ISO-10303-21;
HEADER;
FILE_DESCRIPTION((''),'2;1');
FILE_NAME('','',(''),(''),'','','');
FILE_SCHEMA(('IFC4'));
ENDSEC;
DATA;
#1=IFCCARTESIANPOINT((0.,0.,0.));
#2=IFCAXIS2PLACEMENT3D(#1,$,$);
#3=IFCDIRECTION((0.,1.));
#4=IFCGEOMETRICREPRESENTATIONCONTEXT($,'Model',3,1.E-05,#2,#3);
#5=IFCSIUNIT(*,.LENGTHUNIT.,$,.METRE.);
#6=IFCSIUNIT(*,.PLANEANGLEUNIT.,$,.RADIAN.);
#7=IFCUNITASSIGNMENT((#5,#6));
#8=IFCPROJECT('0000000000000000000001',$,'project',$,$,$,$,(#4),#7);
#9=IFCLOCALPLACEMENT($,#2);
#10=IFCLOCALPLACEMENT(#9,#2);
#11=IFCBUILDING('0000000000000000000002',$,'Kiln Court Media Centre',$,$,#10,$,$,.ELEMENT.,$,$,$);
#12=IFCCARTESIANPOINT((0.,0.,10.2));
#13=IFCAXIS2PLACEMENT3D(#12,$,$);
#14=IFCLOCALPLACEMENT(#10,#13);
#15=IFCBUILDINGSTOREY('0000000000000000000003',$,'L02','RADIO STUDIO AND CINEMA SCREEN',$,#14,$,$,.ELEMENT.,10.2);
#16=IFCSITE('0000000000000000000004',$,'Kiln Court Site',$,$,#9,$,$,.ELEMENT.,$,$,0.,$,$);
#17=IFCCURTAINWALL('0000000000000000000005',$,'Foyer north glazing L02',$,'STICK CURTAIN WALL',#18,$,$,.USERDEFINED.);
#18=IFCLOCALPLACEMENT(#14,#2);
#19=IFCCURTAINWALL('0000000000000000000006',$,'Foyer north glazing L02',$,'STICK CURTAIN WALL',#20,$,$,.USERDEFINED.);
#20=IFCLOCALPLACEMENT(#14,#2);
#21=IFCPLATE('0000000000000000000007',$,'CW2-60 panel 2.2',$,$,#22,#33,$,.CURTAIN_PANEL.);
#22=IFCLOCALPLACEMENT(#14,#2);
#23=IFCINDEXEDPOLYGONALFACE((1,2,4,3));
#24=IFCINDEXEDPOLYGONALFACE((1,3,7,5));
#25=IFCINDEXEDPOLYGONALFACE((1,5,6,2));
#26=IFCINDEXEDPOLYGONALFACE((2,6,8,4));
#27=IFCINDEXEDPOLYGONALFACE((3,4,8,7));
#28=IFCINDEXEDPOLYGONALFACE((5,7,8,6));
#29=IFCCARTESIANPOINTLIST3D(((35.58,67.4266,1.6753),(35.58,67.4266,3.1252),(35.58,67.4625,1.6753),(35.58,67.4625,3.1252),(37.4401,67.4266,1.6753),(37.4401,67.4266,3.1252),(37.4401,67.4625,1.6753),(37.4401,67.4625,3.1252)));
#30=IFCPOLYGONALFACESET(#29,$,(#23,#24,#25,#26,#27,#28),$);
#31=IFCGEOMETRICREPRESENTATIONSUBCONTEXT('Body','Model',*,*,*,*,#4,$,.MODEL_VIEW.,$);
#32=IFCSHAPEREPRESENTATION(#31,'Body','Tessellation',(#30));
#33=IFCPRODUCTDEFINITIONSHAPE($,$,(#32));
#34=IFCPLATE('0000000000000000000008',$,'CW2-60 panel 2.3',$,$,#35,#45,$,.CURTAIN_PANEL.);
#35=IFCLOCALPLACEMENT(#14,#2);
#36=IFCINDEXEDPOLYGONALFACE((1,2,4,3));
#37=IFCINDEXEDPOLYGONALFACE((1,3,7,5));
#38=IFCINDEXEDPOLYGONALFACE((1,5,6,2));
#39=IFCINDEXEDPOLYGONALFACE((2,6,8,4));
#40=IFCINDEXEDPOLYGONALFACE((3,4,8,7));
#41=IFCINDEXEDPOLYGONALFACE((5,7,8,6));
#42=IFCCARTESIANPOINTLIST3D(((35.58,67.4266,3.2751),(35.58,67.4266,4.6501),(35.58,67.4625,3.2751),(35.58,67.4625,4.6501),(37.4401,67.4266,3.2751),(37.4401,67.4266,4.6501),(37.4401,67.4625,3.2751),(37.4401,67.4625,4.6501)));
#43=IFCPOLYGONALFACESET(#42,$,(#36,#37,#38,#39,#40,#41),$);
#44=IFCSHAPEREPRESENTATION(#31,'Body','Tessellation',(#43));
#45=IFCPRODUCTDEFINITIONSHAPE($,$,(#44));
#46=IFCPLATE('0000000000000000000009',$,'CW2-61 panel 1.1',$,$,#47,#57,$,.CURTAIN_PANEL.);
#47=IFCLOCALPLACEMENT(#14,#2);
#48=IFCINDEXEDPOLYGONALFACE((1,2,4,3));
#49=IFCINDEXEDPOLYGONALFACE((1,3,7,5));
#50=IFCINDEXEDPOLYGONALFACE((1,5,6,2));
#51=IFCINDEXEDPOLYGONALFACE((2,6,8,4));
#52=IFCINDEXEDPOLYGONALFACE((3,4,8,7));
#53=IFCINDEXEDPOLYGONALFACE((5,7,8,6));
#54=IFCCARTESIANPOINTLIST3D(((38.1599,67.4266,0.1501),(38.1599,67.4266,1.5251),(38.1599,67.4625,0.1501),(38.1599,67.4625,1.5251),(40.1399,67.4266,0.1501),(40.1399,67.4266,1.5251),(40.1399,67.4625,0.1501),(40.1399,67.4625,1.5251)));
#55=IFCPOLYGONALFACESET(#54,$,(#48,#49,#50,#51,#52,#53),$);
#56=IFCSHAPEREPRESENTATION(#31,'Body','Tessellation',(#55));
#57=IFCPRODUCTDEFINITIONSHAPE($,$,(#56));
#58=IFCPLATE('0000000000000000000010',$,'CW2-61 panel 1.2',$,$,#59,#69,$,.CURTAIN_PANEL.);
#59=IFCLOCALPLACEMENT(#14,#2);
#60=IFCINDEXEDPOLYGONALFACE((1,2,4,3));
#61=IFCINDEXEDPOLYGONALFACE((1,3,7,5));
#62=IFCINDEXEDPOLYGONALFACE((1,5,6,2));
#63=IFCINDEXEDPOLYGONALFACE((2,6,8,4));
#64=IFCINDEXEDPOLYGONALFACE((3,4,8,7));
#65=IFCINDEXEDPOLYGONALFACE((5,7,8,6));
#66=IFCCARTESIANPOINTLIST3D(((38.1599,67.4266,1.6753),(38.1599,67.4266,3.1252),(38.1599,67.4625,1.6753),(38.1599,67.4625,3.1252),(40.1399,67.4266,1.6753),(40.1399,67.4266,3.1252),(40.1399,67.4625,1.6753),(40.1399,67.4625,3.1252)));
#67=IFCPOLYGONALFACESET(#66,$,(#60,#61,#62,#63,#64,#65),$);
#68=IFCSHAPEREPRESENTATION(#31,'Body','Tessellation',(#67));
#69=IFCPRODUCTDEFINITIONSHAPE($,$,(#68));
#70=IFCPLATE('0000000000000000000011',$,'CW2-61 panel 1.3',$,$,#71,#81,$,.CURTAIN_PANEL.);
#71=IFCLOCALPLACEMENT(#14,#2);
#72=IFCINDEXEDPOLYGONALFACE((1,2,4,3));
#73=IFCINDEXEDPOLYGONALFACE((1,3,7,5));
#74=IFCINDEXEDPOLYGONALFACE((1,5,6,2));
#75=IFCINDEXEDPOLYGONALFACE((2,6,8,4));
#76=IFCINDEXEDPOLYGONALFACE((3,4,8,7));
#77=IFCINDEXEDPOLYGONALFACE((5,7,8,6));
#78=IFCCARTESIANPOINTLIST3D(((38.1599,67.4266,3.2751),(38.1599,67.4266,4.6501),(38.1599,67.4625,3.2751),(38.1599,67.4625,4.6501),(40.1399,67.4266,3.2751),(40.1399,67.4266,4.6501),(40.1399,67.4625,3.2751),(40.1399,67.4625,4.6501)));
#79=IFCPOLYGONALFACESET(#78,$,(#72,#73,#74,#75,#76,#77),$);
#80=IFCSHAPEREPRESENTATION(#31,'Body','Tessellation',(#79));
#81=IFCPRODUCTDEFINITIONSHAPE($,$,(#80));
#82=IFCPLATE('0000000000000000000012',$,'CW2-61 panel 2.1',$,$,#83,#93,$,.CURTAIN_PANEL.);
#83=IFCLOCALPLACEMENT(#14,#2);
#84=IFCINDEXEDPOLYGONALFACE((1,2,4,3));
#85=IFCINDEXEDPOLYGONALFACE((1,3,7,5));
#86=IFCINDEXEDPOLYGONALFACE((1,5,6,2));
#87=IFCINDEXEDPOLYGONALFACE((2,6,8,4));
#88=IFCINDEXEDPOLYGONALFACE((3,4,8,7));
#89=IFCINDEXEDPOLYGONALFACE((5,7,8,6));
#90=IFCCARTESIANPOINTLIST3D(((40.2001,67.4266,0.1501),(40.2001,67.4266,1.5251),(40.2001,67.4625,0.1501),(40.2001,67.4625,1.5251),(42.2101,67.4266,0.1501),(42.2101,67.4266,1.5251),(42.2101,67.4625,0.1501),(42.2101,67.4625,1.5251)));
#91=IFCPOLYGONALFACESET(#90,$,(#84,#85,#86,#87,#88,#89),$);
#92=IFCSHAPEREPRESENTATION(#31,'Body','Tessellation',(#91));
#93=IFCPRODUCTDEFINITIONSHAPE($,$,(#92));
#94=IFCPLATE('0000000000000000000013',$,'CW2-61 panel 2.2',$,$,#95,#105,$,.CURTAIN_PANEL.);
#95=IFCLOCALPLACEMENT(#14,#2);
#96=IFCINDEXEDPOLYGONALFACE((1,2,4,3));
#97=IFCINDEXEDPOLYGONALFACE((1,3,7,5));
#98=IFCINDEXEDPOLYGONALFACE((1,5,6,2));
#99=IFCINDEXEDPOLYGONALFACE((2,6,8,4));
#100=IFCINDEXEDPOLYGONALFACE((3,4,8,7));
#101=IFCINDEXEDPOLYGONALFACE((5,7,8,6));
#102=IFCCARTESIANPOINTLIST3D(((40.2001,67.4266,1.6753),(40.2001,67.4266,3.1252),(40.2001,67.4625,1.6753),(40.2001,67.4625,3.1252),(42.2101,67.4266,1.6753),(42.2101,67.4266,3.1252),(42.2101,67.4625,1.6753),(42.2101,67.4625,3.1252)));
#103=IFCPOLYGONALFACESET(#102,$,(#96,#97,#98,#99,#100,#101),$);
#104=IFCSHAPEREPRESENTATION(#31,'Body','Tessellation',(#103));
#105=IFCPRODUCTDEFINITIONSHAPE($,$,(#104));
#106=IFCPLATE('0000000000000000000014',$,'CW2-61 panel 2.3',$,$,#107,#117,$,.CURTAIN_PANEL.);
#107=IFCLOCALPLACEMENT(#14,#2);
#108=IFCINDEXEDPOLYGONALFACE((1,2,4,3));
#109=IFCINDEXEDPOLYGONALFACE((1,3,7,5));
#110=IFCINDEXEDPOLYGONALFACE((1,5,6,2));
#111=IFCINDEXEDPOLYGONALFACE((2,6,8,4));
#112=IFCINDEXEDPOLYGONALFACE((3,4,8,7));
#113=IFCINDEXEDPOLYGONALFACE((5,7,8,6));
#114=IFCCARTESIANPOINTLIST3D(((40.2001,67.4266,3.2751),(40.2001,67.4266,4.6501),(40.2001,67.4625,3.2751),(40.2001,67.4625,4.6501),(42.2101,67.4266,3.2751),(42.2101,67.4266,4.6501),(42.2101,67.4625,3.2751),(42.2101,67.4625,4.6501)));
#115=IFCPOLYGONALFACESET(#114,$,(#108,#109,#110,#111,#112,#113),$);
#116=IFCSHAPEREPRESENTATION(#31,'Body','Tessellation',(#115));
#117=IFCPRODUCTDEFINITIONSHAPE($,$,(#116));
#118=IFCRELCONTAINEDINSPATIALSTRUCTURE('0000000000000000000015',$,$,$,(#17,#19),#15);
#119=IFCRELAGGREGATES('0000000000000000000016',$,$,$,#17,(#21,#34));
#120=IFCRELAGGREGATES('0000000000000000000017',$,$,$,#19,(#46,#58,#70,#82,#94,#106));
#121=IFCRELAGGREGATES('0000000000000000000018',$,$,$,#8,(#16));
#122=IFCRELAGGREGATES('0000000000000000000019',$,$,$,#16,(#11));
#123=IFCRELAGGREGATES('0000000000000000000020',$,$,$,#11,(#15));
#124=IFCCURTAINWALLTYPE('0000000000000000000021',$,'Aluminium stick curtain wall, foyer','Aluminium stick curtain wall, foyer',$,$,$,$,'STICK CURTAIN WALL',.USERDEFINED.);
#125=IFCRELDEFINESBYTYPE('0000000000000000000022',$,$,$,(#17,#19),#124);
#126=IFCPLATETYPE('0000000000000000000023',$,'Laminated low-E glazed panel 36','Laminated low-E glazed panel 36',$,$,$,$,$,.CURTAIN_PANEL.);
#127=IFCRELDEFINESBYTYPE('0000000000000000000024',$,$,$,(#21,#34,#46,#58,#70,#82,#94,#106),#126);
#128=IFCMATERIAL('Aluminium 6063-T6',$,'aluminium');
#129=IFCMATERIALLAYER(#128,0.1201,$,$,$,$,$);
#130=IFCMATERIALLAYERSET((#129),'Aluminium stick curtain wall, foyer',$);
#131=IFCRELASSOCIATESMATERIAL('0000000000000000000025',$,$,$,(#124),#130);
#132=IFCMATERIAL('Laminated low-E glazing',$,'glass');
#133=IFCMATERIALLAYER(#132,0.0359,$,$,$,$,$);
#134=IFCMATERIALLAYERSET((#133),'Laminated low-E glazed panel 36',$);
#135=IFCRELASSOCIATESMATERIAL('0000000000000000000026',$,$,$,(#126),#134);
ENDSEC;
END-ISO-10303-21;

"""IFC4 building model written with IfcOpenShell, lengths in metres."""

from ifc_helpers import new_model, si_unit, direction, frame, origin, origin_2d, place, context, subcontext, project, spatial, rectangle, extrude, material, layer, layer_set, type_object, element, aggregate, save


model = new_model("IFC4")

# Units and contexts
model_context = context("Model", 3, precision=1e-05, world=origin(), true_north=direction((0.0, 1.0)))
body_context = subcontext(model_context, "Body", "Model", "MODEL_VIEW")
ifc_project = project(units=[si_unit("LENGTHUNIT", "METRE"), si_unit("PLANEANGLEUNIT", "RADIAN")], contexts=[model_context])

# Site, building, storey
site_placement = place(None, origin())
site = spatial("IfcSite", under=ifc_project, at=site_placement, Name="Kiln Court Site", CompositionType="ELEMENT", RefElevation=0.0)
building_placement = place(site_placement, origin())
building = spatial("IfcBuilding", under=site, at=building_placement, Name="Kiln Court Media Centre", CompositionType="ELEMENT")
storey_placement = place(building_placement, frame((0.0, 0.0, 10.2)))
storey = spatial("IfcBuildingStorey", under=building, at=storey_placement, Name="L02", Description="RADIO STUDIO AND CINEMA SCREEN", CompositionType="ELEMENT", Elevation=10.2)

# Curtain walls
ifc_material_1 = material(Name="Aluminium 6063-T6", Category="aluminium")
ifc_layer_1 = layer(ifc_material_1, 0.1201)
ifc_layer_set_1 = layer_set([ifc_layer_1], Name="Aluminium stick curtain wall, foyer")
curtain_wall_type = type_object("IfcCurtainWallType", Name="Aluminium stick curtain wall, foyer", Description="Aluminium stick curtain wall, foyer", ElementType="STICK CURTAIN WALL", PredefinedType="USERDEFINED", material=ifc_layer_set_1)
curtain_wall_1_placement = place(storey_placement, origin())
curtain_wall_1 = element("IfcCurtainWall", 1, at=curtain_wall_1_placement, inside=storey, type_object=curtain_wall_type, Name="Foyer north glazing L02", ObjectType="STICK CURTAIN WALL", PredefinedType="USERDEFINED")
curtain_wall_2_placement = place(storey_placement, origin())
curtain_wall_2 = element("IfcCurtainWall", 2, at=curtain_wall_2_placement, inside=storey, type_object=curtain_wall_type, Name="Foyer north glazing L02", ObjectType="STICK CURTAIN WALL", PredefinedType="USERDEFINED")

# Plates
ifc_material_2 = material(Name="Laminated low-E glazing", Category="glass")
ifc_layer_2 = layer(ifc_material_2, 0.0359)
ifc_layer_set_2 = layer_set([ifc_layer_2], Name="Laminated low-E glazed panel 36")
plate_type = type_object("IfcPlateType", Name="Laminated low-E glazed panel 36", Description="Laminated low-E glazed panel 36", PredefinedType="CURTAIN_PANEL", material=ifc_layer_set_2)
plate_1_placement = place(storey_placement, frame((36.51, 67.4446, 1.6753), z_axis=(0.0, 0.0, 1.0), x_axis=(1.0, 0.0, 0.0)))
plate_1 = element("IfcPlate", 3, at=plate_1_placement, type_object=plate_type, Name="CW2-60 panel 2.2", PredefinedType="CURTAIN_PANEL", context=body_context, shape_type="SweptSolid", body=[
    extrude(rectangle(XDim=1.8601, YDim=0.0359, at=origin_2d()), origin(), (0.0, 0.0, 1.0), 1.45),
])
plate_2_placement = place(storey_placement, frame((36.51, 67.4446, 3.2751), z_axis=(0.0, 0.0, 1.0), x_axis=(1.0, 0.0, 0.0)))
plate_2 = element("IfcPlate", 4, at=plate_2_placement, type_object=plate_type, Name="CW2-60 panel 2.3", PredefinedType="CURTAIN_PANEL", context=body_context, shape_type="SweptSolid", body=[
    extrude(rectangle(XDim=1.8601, YDim=0.0359, at=origin_2d()), origin(), (0.0, 0.0, 1.0), 1.375),
])
aggregate(curtain_wall_1, [plate_1, plate_2])
plate_3_placement = place(storey_placement, frame((39.1499, 67.4446, 0.1501), z_axis=(0.0, 0.0, 1.0), x_axis=(1.0, 0.0, 0.0)))
plate_3 = element("IfcPlate", 5, at=plate_3_placement, type_object=plate_type, Name="CW2-61 panel 1.1", PredefinedType="CURTAIN_PANEL", context=body_context, shape_type="SweptSolid", body=[
    extrude(rectangle(XDim=1.98, YDim=0.0359, at=origin_2d()), origin(), (0.0, 0.0, 1.0), 1.375),
])
plate_4_placement = place(storey_placement, frame((39.1499, 67.4446, 1.6753), z_axis=(0.0, 0.0, 1.0), x_axis=(1.0, 0.0, 0.0)))
plate_4 = element("IfcPlate", 6, at=plate_4_placement, type_object=plate_type, Name="CW2-61 panel 1.2", PredefinedType="CURTAIN_PANEL", context=body_context, shape_type="SweptSolid", body=[
    extrude(rectangle(XDim=1.98, YDim=0.0359, at=origin_2d()), origin(), (0.0, 0.0, 1.0), 1.45),
])
plate_5_placement = place(storey_placement, frame((39.1499, 67.4446, 3.2751), z_axis=(0.0, 0.0, 1.0), x_axis=(1.0, 0.0, 0.0)))
plate_5 = element("IfcPlate", 7, at=plate_5_placement, type_object=plate_type, Name="CW2-61 panel 1.3", PredefinedType="CURTAIN_PANEL", context=body_context, shape_type="SweptSolid", body=[
    extrude(rectangle(XDim=1.98, YDim=0.0359, at=origin_2d()), origin(), (0.0, 0.0, 1.0), 1.375),
])
plate_6_placement = place(storey_placement, frame((41.2051, 67.4446, 0.1501), z_axis=(0.0, 0.0, 1.0), x_axis=(1.0, 0.0, 0.0)))
plate_6 = element("IfcPlate", 8, at=plate_6_placement, type_object=plate_type, Name="CW2-61 panel 2.1", PredefinedType="CURTAIN_PANEL", context=body_context, shape_type="SweptSolid", body=[
    extrude(rectangle(XDim=2.01, YDim=0.0359, at=origin_2d()), origin(), (0.0, 0.0, 1.0), 1.375),
])
plate_7_placement = place(storey_placement, frame((41.2051, 67.4446, 1.6753), z_axis=(0.0, 0.0, 1.0), x_axis=(1.0, 0.0, 0.0)))
plate_7 = element("IfcPlate", 9, at=plate_7_placement, type_object=plate_type, Name="CW2-61 panel 2.2", PredefinedType="CURTAIN_PANEL", context=body_context, shape_type="SweptSolid", body=[
    extrude(rectangle(XDim=2.01, YDim=0.0359, at=origin_2d()), origin(), (0.0, 0.0, 1.0), 1.45),
])
plate_8_placement = place(storey_placement, frame((41.2051, 67.4446, 3.2751), z_axis=(0.0, 0.0, 1.0), x_axis=(1.0, 0.0, 0.0)))
plate_8 = element("IfcPlate", 10, at=plate_8_placement, type_object=plate_type, Name="CW2-61 panel 2.3", PredefinedType="CURTAIN_PANEL", context=body_context, shape_type="SweptSolid", body=[
    extrude(rectangle(XDim=2.01, YDim=0.0359, at=origin_2d()), origin(), (0.0, 0.0, 1.0), 1.375),
])
aggregate(curtain_wall_2, [plate_3, plate_4, plate_5, plate_6, plate_7, plate_8])

save(model, "model.ifc")
